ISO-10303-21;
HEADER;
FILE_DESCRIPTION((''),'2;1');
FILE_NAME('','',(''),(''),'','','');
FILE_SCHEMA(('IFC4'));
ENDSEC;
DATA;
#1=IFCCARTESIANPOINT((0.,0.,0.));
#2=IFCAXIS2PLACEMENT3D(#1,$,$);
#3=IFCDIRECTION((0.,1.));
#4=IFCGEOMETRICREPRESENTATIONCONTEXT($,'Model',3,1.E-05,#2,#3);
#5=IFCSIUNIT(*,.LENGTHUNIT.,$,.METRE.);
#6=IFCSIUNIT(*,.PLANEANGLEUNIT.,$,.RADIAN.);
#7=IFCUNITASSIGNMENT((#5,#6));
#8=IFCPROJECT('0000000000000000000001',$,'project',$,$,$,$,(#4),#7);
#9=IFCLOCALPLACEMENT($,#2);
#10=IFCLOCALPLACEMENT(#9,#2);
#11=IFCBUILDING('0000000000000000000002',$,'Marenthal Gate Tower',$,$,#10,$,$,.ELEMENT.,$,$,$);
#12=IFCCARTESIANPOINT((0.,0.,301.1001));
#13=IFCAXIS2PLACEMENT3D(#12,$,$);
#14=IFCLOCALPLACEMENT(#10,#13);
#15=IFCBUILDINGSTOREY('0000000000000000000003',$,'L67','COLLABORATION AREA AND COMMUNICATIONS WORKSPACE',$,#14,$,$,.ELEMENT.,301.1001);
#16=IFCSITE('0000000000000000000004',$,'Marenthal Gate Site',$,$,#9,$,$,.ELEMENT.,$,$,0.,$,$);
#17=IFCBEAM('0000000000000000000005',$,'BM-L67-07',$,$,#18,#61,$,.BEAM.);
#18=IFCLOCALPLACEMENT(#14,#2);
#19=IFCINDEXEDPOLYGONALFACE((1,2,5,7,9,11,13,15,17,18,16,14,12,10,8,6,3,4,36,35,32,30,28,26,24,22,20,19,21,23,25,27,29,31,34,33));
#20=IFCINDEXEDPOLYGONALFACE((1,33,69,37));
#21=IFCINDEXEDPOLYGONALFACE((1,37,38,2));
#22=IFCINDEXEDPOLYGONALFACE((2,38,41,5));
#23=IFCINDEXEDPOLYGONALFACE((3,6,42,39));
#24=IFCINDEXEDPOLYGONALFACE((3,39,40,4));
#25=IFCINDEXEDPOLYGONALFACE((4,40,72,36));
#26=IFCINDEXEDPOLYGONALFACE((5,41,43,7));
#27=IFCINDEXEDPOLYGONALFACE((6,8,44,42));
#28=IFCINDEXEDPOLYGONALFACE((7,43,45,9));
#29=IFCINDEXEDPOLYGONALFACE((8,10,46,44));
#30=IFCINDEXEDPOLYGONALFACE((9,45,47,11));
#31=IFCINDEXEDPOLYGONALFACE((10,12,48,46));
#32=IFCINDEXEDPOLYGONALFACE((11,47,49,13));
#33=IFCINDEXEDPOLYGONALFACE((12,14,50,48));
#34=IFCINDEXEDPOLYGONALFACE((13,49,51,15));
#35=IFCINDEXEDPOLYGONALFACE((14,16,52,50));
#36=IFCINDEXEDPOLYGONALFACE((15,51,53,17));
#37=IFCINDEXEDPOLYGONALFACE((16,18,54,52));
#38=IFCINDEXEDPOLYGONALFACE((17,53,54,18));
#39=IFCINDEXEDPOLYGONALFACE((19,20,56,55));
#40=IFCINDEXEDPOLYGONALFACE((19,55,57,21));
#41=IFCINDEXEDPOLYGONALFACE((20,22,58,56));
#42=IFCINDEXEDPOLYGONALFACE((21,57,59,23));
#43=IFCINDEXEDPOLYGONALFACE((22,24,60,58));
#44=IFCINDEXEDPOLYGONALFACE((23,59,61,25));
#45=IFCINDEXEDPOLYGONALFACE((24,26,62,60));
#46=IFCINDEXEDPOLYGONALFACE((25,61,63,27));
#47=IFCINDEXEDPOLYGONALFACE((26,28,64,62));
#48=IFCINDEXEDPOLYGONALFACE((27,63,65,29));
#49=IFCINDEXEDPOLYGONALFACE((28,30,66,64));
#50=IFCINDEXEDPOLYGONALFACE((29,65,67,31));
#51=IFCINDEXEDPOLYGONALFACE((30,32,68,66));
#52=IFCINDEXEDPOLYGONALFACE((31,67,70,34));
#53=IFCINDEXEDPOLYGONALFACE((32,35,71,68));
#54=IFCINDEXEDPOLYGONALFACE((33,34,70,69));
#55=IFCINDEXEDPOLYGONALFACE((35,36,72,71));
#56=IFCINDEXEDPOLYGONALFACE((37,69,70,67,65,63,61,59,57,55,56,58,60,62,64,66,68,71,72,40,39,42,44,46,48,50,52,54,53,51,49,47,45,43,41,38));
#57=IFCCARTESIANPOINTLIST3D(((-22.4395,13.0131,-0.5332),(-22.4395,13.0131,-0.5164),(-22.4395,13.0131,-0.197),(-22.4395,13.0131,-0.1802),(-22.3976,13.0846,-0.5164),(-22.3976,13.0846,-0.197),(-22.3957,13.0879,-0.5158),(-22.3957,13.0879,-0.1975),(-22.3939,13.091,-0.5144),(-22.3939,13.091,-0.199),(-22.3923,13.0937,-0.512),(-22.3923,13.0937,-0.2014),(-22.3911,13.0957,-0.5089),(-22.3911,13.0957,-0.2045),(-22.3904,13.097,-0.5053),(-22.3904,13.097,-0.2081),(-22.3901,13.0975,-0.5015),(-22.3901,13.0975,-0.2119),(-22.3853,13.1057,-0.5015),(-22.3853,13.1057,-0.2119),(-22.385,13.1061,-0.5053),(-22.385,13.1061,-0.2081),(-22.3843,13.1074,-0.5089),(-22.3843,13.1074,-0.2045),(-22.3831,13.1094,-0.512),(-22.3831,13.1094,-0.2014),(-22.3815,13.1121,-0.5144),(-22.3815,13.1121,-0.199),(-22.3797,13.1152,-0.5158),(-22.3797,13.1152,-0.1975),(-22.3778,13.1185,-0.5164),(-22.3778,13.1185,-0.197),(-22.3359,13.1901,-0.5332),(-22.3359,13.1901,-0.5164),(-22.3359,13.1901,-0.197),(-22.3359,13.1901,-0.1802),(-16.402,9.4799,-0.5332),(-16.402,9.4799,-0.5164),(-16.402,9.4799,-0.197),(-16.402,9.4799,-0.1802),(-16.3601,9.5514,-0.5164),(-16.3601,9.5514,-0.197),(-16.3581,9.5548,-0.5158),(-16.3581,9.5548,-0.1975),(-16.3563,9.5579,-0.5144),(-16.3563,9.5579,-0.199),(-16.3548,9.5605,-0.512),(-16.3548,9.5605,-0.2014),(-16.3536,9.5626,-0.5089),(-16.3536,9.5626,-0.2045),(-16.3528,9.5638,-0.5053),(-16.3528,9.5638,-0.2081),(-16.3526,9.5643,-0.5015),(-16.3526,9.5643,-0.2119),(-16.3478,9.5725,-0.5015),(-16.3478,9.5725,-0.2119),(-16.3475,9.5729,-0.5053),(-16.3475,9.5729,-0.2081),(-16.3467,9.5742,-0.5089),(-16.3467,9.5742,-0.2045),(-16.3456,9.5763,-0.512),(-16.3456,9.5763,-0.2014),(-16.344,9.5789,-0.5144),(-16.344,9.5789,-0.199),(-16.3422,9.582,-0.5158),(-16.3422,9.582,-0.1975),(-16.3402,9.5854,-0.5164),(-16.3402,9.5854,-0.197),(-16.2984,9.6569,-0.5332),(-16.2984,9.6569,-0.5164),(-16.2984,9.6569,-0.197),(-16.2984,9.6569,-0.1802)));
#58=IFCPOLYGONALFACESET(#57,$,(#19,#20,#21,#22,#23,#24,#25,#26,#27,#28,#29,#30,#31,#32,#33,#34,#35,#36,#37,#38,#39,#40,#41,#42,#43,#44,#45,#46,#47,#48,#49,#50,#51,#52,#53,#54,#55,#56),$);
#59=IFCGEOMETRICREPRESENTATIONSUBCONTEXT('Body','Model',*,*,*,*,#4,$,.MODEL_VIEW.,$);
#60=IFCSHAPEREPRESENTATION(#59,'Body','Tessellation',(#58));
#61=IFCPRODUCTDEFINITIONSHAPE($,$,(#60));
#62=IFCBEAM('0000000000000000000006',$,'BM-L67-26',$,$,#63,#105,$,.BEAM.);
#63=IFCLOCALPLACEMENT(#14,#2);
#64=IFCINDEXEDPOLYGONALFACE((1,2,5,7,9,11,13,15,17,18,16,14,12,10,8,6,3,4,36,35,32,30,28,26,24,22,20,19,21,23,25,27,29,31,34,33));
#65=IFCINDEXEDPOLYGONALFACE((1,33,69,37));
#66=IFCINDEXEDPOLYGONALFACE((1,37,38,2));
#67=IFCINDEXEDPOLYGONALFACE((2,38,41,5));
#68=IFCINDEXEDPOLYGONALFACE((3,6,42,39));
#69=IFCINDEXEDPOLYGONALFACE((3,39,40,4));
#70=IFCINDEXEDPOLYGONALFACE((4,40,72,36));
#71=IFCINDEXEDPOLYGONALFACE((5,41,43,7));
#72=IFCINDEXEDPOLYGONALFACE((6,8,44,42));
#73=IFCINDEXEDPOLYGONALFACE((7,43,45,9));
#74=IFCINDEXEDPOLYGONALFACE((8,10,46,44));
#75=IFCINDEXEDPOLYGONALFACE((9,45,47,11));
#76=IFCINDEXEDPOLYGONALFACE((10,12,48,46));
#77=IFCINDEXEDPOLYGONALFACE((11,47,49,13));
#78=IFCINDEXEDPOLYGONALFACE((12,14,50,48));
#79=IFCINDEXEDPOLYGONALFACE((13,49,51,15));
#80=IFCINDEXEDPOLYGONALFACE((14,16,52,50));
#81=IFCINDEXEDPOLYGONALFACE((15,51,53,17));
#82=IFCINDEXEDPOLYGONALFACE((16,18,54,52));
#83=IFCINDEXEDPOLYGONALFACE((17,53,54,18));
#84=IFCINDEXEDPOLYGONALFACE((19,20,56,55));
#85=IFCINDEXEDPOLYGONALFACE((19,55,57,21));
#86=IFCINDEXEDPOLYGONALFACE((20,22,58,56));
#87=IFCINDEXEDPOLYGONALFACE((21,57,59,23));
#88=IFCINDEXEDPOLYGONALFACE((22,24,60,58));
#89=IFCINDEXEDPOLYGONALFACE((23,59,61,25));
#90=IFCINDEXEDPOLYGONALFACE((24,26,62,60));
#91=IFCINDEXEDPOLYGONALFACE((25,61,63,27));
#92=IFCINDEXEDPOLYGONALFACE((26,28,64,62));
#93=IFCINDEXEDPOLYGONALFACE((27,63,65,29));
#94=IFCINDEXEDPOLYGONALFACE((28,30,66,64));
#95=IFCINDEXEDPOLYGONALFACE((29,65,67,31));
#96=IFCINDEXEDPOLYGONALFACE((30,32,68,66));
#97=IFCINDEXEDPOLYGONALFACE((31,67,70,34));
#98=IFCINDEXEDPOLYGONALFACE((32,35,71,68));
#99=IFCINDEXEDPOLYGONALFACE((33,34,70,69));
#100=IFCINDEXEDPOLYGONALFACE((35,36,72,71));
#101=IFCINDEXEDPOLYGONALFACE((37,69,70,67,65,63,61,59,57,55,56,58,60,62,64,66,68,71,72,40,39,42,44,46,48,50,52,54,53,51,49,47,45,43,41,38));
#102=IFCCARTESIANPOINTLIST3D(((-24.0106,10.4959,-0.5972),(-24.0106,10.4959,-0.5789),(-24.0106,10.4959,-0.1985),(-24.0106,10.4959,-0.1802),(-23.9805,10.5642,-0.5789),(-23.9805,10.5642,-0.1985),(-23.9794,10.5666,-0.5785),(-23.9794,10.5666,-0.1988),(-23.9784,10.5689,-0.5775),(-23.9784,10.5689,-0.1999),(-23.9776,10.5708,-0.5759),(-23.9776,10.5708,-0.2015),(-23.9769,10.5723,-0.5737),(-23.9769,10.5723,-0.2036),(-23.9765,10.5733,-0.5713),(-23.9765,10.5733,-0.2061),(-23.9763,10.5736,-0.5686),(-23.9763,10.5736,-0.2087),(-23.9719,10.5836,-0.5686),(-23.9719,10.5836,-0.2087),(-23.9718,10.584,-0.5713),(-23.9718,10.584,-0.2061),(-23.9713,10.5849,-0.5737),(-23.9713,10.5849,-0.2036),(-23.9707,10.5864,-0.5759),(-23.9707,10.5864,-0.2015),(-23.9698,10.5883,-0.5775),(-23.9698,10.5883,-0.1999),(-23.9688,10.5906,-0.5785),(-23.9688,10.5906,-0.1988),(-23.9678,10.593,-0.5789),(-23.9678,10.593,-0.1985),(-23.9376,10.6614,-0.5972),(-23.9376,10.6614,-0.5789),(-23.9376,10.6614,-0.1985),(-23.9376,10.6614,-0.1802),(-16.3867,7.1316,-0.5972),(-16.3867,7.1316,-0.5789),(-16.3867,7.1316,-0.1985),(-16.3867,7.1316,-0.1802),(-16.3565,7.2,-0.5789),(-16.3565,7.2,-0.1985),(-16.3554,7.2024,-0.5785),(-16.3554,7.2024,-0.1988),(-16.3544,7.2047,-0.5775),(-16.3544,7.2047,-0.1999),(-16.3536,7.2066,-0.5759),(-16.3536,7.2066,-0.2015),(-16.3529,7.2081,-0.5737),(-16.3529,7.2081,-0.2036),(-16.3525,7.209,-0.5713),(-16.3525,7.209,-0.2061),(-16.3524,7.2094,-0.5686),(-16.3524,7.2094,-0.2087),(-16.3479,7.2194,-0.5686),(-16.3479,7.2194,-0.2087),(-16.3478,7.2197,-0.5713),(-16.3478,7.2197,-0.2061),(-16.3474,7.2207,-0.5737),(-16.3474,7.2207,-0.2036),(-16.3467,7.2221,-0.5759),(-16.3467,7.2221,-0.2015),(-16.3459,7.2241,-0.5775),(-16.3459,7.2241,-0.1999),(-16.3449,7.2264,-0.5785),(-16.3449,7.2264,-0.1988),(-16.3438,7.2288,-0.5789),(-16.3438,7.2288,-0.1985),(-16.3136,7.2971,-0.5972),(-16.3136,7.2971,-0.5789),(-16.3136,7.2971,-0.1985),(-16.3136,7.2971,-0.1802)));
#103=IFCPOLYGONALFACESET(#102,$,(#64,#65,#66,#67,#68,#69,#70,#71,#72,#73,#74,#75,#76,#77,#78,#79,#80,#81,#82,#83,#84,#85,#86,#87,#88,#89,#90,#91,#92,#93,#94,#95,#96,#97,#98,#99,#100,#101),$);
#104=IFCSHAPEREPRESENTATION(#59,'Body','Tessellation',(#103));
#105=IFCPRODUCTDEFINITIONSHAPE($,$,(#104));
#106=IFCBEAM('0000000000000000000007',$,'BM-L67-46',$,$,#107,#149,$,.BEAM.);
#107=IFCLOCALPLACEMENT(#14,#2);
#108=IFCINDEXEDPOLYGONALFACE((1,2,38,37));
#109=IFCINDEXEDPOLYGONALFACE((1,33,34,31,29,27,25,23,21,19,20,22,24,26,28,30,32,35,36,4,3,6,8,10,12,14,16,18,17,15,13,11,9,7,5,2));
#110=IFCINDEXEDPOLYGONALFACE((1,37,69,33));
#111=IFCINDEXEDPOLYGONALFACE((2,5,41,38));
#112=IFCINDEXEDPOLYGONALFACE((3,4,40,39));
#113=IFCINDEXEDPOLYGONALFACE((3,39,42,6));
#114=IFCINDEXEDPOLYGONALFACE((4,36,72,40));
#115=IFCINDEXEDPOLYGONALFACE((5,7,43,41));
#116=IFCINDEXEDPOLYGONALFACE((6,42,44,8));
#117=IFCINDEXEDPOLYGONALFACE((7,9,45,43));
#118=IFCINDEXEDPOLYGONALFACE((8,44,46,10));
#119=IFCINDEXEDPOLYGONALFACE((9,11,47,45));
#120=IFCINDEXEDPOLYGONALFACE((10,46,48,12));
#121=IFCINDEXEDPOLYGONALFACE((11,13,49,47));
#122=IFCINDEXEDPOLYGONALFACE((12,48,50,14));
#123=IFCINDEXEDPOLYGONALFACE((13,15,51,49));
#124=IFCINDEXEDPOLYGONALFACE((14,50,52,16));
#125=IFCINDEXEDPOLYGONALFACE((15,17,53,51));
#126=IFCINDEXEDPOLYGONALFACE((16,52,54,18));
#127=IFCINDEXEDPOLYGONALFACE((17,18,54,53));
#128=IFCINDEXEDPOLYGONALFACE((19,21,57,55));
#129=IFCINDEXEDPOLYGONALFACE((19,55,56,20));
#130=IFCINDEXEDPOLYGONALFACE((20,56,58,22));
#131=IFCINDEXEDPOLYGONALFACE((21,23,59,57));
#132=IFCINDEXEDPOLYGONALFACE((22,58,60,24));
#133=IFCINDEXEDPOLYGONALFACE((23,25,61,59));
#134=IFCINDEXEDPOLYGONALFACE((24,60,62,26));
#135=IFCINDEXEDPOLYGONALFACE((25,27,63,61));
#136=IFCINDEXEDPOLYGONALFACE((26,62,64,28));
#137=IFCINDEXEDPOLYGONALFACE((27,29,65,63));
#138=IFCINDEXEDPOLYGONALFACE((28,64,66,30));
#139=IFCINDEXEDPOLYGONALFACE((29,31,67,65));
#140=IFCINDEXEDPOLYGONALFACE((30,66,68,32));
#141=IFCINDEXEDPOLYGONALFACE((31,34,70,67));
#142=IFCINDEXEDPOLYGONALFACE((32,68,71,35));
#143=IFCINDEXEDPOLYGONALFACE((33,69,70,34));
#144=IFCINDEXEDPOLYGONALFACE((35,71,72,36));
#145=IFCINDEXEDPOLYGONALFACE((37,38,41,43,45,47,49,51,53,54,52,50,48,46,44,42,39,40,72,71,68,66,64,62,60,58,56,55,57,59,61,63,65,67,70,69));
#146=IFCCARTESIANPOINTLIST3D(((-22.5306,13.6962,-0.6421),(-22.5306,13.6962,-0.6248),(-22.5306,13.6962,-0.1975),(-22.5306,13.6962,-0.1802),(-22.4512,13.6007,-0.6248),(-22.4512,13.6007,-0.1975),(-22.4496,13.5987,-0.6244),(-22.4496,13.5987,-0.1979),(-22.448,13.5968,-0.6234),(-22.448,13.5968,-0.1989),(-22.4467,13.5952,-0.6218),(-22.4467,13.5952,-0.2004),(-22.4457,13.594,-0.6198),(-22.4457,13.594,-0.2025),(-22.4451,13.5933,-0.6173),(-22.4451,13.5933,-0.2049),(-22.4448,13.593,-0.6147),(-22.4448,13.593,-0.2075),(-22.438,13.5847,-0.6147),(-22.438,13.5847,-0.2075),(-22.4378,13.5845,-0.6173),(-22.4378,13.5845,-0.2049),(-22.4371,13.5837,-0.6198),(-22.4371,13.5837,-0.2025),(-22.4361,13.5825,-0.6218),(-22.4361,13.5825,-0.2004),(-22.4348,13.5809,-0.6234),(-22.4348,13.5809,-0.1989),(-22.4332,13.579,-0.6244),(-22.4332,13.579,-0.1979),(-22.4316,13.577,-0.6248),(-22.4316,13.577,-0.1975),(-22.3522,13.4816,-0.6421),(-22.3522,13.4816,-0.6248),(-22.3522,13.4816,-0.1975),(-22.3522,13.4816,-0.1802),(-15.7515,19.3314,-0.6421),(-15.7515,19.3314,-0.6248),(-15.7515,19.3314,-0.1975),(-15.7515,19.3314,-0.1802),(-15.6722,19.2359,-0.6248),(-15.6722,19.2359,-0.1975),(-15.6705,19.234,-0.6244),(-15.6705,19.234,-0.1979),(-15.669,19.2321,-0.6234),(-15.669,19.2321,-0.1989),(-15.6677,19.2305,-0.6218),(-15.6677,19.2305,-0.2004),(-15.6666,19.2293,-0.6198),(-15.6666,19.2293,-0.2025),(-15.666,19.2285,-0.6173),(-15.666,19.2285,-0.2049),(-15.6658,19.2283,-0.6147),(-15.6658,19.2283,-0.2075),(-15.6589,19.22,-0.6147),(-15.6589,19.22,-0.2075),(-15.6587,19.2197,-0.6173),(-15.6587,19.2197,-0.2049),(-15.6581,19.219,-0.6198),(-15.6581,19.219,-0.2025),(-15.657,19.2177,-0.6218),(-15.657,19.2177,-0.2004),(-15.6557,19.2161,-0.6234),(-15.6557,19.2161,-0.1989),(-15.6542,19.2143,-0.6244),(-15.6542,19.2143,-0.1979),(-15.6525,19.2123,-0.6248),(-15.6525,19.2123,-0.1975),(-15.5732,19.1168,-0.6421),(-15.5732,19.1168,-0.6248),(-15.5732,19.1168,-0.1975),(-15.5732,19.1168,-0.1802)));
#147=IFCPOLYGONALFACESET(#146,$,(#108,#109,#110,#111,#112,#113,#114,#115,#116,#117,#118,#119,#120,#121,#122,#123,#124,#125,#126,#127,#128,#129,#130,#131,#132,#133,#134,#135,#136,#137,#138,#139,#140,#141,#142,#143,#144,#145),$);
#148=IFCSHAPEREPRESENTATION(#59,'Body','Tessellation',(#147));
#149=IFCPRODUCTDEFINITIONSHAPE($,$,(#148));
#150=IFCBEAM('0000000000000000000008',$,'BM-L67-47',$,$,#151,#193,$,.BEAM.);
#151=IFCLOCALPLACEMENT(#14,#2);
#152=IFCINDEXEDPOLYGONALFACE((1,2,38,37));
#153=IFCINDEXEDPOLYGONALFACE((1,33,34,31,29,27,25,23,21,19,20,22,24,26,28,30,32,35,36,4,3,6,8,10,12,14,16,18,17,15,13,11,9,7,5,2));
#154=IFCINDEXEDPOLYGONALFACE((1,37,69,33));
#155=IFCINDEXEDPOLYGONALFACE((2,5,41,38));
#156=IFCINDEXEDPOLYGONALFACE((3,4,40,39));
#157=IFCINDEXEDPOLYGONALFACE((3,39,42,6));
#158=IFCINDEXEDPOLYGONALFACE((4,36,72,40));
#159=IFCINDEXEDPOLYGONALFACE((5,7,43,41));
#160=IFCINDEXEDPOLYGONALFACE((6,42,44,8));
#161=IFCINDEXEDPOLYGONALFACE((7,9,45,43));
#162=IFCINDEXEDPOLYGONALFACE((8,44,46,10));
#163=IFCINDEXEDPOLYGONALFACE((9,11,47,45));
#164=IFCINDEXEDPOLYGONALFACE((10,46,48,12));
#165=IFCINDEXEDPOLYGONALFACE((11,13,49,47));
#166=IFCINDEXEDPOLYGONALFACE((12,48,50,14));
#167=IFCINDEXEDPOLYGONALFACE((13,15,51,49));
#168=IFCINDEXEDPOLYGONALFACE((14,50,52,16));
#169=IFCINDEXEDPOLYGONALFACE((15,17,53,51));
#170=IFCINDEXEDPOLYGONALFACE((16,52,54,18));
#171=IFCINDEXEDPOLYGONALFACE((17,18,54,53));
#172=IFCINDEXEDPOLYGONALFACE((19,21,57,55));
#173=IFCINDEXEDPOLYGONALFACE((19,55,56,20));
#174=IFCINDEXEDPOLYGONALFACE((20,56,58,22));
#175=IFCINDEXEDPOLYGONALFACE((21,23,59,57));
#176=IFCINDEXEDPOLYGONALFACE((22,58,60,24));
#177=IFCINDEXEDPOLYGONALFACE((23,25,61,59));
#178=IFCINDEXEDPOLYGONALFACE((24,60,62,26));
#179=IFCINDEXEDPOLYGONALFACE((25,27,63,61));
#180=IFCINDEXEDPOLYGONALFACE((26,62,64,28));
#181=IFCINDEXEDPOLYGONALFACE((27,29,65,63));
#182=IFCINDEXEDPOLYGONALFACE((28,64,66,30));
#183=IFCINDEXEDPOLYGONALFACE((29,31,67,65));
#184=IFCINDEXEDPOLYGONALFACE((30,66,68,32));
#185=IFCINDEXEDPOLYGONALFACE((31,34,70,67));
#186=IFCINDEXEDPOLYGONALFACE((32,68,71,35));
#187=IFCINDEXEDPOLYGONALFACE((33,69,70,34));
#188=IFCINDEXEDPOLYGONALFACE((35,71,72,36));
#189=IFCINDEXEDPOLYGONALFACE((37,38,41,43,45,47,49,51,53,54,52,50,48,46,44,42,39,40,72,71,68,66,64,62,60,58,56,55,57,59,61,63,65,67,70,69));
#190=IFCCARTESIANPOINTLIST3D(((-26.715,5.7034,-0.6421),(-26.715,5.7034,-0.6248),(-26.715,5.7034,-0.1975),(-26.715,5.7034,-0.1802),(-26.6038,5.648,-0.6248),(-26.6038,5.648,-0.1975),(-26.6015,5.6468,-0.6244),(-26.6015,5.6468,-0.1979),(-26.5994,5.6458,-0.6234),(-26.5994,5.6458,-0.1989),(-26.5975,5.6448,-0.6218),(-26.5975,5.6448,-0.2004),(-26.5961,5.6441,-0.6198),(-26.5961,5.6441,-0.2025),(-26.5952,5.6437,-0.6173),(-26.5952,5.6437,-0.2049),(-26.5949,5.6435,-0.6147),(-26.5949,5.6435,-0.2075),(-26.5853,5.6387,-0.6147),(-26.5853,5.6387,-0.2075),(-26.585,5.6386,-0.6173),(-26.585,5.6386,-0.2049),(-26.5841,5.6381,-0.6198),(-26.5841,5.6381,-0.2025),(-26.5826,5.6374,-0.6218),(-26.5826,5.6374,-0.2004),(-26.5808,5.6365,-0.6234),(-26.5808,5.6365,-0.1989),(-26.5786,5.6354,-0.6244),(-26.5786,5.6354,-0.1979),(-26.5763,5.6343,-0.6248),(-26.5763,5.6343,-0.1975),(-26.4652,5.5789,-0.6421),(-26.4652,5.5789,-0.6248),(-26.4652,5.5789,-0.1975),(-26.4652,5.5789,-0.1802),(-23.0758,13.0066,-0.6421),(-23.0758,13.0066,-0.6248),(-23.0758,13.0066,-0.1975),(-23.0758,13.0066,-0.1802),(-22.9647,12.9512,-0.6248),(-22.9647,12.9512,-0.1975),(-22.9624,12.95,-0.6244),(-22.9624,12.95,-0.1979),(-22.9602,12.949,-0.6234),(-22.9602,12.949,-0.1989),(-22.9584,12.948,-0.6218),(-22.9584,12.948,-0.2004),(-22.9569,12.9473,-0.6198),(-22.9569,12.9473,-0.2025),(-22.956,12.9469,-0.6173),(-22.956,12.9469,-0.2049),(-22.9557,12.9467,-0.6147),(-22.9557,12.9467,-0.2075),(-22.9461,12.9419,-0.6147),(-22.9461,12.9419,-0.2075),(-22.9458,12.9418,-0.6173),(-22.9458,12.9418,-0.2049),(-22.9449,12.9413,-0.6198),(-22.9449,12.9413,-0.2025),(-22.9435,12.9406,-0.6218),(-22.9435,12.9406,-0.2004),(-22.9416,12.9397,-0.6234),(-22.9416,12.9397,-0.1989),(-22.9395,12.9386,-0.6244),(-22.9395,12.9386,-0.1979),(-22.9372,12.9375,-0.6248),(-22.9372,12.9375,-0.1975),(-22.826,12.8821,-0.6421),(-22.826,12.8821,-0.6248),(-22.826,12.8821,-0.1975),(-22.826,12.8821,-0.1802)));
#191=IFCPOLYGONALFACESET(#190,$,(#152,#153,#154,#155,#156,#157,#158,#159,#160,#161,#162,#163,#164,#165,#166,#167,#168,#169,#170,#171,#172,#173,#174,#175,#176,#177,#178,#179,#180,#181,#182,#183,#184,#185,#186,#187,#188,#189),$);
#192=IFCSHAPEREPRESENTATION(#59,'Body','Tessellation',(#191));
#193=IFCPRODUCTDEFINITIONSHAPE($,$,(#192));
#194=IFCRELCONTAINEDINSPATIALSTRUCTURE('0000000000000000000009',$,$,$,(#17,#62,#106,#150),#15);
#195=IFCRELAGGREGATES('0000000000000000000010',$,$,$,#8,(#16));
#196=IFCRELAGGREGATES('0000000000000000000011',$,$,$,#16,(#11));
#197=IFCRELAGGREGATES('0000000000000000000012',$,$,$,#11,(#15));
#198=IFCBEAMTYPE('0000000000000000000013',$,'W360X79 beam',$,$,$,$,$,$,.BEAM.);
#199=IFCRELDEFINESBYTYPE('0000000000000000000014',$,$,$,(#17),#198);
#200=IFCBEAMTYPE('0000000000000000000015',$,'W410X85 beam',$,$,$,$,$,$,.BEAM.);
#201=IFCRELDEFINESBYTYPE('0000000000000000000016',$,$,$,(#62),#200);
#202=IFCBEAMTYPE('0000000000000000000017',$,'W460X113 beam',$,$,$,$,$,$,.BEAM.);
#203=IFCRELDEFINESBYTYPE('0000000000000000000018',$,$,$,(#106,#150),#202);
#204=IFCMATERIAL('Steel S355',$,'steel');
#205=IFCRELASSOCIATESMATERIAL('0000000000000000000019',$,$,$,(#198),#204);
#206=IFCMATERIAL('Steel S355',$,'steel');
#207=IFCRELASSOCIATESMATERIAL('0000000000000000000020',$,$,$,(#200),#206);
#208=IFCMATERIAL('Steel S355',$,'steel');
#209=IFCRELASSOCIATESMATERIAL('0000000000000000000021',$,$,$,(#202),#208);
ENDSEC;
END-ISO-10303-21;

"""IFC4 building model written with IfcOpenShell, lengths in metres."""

from ifc_helpers import new_model, si_unit, direction, frame, origin, origin_2d, place, context, subcontext, project, spatial, i_section, extrude, material, material_profile, profile_set, type_object, element, save


model = new_model("IFC4")

# Units and contexts
model_context = context("Model", 3, precision=1e-05, world=origin(), true_north=direction((0.0, 1.0)))
body_context = subcontext(model_context, "Body", "Model", "MODEL_VIEW")
ifc_project = project(units=[si_unit("LENGTHUNIT", "METRE"), si_unit("PLANEANGLEUNIT", "RADIAN")], contexts=[model_context])

# Site, building, storey
site_placement = place(None, origin())
site = spatial("IfcSite", under=ifc_project, at=site_placement, Name="Marenthal Gate Site", CompositionType="ELEMENT", RefElevation=0.0)
building_placement = place(site_placement, origin())
building = spatial("IfcBuilding", under=site, at=building_placement, Name="Marenthal Gate Tower", CompositionType="ELEMENT")
storey_placement = place(building_placement, frame((0.0, 0.0, 301.1001)))
storey = spatial("IfcBuildingStorey", under=building, at=storey_placement, Name="L67", Description="COLLABORATION AREA AND COMMUNICATIONS WORKSPACE", CompositionType="ELEMENT", Elevation=301.1001)

# Beams
ifc_material_1 = material(Name="Steel S355", Category="steel")
ifc_material_profile_1 = material_profile(ifc_material_1, i_section(OverallWidth=0.2051, OverallDepth=0.353, WebThickness=0.0095, FlangeThickness=0.0168, FilletRadius=0.0149, at=origin_2d()), Name="W360X79")
ifc_profile_set_1 = profile_set([ifc_material_profile_1], Name="Steel S355")
beam_type_1 = type_object("IfcBeamType", Name="W360X79 beam", PredefinedType="BEAM", material=ifc_profile_set_1)
beam_1_placement = place(storey_placement, frame((-22.3877, 13.1016, -0.3567), z_axis=(0.863077, -0.505073, 0.0), x_axis=(0.505073, 0.863077, 0.0)))
element("IfcBeam", 1, at=beam_1_placement, inside=storey, type_object=beam_type_1, Name="BM-L67-07", PredefinedType="BEAM", context=body_context, shape_type="SweptSolid", body=[
    extrude(i_section(OverallWidth=0.2051, OverallDepth=0.353, WebThickness=0.0095, FlangeThickness=0.0168, FilletRadius=0.0149, at=origin_2d()), origin(), (0.0, 0.0, 1.0), 6.9954),
])
ifc_material_2 = material(Name="Steel S355", Category="steel")
ifc_material_profile_2 = material_profile(ifc_material_2, i_section(OverallWidth=0.1809, OverallDepth=0.417, WebThickness=0.011, FlangeThickness=0.0183, FilletRadius=0.0103, at=origin_2d()), Name="W410X85")
ifc_profile_set_2 = profile_set([ifc_material_profile_2], Name="Steel S355")
beam_type_2 = type_object("IfcBeamType", Name="W410X85 beam", PredefinedType="BEAM", material=ifc_profile_set_2)
beam_2_placement = place(storey_placement, frame((-23.9741, 10.5786, -0.3887), z_axis=(0.914886, -0.403712, 0.0), x_axis=(0.403712, 0.914886, 0.0)))
element("IfcBeam", 2, at=beam_2_placement, inside=storey, type_object=beam_type_2, Name="BM-L67-26", PredefinedType="BEAM", context=body_context, shape_type="SweptSolid", body=[
    extrude(i_section(OverallWidth=0.1809, OverallDepth=0.417, WebThickness=0.011, FlangeThickness=0.0183, FilletRadius=0.0103, at=origin_2d()), origin(), (0.0, 0.0, 1.0), 8.3333),
])
ifc_material_3 = material(Name="Steel S355", Category="steel")
ifc_material_profile_3 = material_profile(ifc_material_3, i_section(OverallWidth=0.2791, OverallDepth=0.4619, WebThickness=0.0107, FlangeThickness=0.0173, FilletRadius=0.01, at=origin_2d()), Name="W460X113")
ifc_profile_set_3 = profile_set([ifc_material_profile_3], Name="Steel S355")
beam_type_3 = type_object("IfcBeamType", Name="W460X113 beam", PredefinedType="BEAM", material=ifc_profile_set_3)
beam_3_placement = place(storey_placement, frame((-15.6624, 19.2241, -0.4111), z_axis=(-0.768999, -0.63925, 0.0), x_axis=(0.63925, -0.768999, 0.0)))
element("IfcBeam", 3, at=beam_3_placement, inside=storey, type_object=beam_type_3, Name="BM-L67-46", PredefinedType="BEAM", context=body_context, shape_type="SweptSolid", body=[
    extrude(i_section(OverallWidth=0.2791, OverallDepth=0.4619, WebThickness=0.0107, FlangeThickness=0.0173, FilletRadius=0.01, at=origin_2d()), origin(), (0.0, 0.0, 1.0), 8.8154),
])
beam_4_placement = place(storey_placement, frame((-22.9509, 12.9443, -0.4111), z_axis=(-0.445992, -0.895037, 0.0), x_axis=(0.895037, -0.445992, 0.0)))
element("IfcBeam", 4, at=beam_4_placement, inside=storey, type_object=beam_type_3, Name="BM-L67-47", PredefinedType="BEAM", context=body_context, shape_type="SweptSolid", body=[
    extrude(i_section(OverallWidth=0.2791, OverallDepth=0.4619, WebThickness=0.0107, FlangeThickness=0.0173, FilletRadius=0.01, at=origin_2d()), origin(), (0.0, 0.0, 1.0), 8.1597),
])

save(model, "model.ifc")
